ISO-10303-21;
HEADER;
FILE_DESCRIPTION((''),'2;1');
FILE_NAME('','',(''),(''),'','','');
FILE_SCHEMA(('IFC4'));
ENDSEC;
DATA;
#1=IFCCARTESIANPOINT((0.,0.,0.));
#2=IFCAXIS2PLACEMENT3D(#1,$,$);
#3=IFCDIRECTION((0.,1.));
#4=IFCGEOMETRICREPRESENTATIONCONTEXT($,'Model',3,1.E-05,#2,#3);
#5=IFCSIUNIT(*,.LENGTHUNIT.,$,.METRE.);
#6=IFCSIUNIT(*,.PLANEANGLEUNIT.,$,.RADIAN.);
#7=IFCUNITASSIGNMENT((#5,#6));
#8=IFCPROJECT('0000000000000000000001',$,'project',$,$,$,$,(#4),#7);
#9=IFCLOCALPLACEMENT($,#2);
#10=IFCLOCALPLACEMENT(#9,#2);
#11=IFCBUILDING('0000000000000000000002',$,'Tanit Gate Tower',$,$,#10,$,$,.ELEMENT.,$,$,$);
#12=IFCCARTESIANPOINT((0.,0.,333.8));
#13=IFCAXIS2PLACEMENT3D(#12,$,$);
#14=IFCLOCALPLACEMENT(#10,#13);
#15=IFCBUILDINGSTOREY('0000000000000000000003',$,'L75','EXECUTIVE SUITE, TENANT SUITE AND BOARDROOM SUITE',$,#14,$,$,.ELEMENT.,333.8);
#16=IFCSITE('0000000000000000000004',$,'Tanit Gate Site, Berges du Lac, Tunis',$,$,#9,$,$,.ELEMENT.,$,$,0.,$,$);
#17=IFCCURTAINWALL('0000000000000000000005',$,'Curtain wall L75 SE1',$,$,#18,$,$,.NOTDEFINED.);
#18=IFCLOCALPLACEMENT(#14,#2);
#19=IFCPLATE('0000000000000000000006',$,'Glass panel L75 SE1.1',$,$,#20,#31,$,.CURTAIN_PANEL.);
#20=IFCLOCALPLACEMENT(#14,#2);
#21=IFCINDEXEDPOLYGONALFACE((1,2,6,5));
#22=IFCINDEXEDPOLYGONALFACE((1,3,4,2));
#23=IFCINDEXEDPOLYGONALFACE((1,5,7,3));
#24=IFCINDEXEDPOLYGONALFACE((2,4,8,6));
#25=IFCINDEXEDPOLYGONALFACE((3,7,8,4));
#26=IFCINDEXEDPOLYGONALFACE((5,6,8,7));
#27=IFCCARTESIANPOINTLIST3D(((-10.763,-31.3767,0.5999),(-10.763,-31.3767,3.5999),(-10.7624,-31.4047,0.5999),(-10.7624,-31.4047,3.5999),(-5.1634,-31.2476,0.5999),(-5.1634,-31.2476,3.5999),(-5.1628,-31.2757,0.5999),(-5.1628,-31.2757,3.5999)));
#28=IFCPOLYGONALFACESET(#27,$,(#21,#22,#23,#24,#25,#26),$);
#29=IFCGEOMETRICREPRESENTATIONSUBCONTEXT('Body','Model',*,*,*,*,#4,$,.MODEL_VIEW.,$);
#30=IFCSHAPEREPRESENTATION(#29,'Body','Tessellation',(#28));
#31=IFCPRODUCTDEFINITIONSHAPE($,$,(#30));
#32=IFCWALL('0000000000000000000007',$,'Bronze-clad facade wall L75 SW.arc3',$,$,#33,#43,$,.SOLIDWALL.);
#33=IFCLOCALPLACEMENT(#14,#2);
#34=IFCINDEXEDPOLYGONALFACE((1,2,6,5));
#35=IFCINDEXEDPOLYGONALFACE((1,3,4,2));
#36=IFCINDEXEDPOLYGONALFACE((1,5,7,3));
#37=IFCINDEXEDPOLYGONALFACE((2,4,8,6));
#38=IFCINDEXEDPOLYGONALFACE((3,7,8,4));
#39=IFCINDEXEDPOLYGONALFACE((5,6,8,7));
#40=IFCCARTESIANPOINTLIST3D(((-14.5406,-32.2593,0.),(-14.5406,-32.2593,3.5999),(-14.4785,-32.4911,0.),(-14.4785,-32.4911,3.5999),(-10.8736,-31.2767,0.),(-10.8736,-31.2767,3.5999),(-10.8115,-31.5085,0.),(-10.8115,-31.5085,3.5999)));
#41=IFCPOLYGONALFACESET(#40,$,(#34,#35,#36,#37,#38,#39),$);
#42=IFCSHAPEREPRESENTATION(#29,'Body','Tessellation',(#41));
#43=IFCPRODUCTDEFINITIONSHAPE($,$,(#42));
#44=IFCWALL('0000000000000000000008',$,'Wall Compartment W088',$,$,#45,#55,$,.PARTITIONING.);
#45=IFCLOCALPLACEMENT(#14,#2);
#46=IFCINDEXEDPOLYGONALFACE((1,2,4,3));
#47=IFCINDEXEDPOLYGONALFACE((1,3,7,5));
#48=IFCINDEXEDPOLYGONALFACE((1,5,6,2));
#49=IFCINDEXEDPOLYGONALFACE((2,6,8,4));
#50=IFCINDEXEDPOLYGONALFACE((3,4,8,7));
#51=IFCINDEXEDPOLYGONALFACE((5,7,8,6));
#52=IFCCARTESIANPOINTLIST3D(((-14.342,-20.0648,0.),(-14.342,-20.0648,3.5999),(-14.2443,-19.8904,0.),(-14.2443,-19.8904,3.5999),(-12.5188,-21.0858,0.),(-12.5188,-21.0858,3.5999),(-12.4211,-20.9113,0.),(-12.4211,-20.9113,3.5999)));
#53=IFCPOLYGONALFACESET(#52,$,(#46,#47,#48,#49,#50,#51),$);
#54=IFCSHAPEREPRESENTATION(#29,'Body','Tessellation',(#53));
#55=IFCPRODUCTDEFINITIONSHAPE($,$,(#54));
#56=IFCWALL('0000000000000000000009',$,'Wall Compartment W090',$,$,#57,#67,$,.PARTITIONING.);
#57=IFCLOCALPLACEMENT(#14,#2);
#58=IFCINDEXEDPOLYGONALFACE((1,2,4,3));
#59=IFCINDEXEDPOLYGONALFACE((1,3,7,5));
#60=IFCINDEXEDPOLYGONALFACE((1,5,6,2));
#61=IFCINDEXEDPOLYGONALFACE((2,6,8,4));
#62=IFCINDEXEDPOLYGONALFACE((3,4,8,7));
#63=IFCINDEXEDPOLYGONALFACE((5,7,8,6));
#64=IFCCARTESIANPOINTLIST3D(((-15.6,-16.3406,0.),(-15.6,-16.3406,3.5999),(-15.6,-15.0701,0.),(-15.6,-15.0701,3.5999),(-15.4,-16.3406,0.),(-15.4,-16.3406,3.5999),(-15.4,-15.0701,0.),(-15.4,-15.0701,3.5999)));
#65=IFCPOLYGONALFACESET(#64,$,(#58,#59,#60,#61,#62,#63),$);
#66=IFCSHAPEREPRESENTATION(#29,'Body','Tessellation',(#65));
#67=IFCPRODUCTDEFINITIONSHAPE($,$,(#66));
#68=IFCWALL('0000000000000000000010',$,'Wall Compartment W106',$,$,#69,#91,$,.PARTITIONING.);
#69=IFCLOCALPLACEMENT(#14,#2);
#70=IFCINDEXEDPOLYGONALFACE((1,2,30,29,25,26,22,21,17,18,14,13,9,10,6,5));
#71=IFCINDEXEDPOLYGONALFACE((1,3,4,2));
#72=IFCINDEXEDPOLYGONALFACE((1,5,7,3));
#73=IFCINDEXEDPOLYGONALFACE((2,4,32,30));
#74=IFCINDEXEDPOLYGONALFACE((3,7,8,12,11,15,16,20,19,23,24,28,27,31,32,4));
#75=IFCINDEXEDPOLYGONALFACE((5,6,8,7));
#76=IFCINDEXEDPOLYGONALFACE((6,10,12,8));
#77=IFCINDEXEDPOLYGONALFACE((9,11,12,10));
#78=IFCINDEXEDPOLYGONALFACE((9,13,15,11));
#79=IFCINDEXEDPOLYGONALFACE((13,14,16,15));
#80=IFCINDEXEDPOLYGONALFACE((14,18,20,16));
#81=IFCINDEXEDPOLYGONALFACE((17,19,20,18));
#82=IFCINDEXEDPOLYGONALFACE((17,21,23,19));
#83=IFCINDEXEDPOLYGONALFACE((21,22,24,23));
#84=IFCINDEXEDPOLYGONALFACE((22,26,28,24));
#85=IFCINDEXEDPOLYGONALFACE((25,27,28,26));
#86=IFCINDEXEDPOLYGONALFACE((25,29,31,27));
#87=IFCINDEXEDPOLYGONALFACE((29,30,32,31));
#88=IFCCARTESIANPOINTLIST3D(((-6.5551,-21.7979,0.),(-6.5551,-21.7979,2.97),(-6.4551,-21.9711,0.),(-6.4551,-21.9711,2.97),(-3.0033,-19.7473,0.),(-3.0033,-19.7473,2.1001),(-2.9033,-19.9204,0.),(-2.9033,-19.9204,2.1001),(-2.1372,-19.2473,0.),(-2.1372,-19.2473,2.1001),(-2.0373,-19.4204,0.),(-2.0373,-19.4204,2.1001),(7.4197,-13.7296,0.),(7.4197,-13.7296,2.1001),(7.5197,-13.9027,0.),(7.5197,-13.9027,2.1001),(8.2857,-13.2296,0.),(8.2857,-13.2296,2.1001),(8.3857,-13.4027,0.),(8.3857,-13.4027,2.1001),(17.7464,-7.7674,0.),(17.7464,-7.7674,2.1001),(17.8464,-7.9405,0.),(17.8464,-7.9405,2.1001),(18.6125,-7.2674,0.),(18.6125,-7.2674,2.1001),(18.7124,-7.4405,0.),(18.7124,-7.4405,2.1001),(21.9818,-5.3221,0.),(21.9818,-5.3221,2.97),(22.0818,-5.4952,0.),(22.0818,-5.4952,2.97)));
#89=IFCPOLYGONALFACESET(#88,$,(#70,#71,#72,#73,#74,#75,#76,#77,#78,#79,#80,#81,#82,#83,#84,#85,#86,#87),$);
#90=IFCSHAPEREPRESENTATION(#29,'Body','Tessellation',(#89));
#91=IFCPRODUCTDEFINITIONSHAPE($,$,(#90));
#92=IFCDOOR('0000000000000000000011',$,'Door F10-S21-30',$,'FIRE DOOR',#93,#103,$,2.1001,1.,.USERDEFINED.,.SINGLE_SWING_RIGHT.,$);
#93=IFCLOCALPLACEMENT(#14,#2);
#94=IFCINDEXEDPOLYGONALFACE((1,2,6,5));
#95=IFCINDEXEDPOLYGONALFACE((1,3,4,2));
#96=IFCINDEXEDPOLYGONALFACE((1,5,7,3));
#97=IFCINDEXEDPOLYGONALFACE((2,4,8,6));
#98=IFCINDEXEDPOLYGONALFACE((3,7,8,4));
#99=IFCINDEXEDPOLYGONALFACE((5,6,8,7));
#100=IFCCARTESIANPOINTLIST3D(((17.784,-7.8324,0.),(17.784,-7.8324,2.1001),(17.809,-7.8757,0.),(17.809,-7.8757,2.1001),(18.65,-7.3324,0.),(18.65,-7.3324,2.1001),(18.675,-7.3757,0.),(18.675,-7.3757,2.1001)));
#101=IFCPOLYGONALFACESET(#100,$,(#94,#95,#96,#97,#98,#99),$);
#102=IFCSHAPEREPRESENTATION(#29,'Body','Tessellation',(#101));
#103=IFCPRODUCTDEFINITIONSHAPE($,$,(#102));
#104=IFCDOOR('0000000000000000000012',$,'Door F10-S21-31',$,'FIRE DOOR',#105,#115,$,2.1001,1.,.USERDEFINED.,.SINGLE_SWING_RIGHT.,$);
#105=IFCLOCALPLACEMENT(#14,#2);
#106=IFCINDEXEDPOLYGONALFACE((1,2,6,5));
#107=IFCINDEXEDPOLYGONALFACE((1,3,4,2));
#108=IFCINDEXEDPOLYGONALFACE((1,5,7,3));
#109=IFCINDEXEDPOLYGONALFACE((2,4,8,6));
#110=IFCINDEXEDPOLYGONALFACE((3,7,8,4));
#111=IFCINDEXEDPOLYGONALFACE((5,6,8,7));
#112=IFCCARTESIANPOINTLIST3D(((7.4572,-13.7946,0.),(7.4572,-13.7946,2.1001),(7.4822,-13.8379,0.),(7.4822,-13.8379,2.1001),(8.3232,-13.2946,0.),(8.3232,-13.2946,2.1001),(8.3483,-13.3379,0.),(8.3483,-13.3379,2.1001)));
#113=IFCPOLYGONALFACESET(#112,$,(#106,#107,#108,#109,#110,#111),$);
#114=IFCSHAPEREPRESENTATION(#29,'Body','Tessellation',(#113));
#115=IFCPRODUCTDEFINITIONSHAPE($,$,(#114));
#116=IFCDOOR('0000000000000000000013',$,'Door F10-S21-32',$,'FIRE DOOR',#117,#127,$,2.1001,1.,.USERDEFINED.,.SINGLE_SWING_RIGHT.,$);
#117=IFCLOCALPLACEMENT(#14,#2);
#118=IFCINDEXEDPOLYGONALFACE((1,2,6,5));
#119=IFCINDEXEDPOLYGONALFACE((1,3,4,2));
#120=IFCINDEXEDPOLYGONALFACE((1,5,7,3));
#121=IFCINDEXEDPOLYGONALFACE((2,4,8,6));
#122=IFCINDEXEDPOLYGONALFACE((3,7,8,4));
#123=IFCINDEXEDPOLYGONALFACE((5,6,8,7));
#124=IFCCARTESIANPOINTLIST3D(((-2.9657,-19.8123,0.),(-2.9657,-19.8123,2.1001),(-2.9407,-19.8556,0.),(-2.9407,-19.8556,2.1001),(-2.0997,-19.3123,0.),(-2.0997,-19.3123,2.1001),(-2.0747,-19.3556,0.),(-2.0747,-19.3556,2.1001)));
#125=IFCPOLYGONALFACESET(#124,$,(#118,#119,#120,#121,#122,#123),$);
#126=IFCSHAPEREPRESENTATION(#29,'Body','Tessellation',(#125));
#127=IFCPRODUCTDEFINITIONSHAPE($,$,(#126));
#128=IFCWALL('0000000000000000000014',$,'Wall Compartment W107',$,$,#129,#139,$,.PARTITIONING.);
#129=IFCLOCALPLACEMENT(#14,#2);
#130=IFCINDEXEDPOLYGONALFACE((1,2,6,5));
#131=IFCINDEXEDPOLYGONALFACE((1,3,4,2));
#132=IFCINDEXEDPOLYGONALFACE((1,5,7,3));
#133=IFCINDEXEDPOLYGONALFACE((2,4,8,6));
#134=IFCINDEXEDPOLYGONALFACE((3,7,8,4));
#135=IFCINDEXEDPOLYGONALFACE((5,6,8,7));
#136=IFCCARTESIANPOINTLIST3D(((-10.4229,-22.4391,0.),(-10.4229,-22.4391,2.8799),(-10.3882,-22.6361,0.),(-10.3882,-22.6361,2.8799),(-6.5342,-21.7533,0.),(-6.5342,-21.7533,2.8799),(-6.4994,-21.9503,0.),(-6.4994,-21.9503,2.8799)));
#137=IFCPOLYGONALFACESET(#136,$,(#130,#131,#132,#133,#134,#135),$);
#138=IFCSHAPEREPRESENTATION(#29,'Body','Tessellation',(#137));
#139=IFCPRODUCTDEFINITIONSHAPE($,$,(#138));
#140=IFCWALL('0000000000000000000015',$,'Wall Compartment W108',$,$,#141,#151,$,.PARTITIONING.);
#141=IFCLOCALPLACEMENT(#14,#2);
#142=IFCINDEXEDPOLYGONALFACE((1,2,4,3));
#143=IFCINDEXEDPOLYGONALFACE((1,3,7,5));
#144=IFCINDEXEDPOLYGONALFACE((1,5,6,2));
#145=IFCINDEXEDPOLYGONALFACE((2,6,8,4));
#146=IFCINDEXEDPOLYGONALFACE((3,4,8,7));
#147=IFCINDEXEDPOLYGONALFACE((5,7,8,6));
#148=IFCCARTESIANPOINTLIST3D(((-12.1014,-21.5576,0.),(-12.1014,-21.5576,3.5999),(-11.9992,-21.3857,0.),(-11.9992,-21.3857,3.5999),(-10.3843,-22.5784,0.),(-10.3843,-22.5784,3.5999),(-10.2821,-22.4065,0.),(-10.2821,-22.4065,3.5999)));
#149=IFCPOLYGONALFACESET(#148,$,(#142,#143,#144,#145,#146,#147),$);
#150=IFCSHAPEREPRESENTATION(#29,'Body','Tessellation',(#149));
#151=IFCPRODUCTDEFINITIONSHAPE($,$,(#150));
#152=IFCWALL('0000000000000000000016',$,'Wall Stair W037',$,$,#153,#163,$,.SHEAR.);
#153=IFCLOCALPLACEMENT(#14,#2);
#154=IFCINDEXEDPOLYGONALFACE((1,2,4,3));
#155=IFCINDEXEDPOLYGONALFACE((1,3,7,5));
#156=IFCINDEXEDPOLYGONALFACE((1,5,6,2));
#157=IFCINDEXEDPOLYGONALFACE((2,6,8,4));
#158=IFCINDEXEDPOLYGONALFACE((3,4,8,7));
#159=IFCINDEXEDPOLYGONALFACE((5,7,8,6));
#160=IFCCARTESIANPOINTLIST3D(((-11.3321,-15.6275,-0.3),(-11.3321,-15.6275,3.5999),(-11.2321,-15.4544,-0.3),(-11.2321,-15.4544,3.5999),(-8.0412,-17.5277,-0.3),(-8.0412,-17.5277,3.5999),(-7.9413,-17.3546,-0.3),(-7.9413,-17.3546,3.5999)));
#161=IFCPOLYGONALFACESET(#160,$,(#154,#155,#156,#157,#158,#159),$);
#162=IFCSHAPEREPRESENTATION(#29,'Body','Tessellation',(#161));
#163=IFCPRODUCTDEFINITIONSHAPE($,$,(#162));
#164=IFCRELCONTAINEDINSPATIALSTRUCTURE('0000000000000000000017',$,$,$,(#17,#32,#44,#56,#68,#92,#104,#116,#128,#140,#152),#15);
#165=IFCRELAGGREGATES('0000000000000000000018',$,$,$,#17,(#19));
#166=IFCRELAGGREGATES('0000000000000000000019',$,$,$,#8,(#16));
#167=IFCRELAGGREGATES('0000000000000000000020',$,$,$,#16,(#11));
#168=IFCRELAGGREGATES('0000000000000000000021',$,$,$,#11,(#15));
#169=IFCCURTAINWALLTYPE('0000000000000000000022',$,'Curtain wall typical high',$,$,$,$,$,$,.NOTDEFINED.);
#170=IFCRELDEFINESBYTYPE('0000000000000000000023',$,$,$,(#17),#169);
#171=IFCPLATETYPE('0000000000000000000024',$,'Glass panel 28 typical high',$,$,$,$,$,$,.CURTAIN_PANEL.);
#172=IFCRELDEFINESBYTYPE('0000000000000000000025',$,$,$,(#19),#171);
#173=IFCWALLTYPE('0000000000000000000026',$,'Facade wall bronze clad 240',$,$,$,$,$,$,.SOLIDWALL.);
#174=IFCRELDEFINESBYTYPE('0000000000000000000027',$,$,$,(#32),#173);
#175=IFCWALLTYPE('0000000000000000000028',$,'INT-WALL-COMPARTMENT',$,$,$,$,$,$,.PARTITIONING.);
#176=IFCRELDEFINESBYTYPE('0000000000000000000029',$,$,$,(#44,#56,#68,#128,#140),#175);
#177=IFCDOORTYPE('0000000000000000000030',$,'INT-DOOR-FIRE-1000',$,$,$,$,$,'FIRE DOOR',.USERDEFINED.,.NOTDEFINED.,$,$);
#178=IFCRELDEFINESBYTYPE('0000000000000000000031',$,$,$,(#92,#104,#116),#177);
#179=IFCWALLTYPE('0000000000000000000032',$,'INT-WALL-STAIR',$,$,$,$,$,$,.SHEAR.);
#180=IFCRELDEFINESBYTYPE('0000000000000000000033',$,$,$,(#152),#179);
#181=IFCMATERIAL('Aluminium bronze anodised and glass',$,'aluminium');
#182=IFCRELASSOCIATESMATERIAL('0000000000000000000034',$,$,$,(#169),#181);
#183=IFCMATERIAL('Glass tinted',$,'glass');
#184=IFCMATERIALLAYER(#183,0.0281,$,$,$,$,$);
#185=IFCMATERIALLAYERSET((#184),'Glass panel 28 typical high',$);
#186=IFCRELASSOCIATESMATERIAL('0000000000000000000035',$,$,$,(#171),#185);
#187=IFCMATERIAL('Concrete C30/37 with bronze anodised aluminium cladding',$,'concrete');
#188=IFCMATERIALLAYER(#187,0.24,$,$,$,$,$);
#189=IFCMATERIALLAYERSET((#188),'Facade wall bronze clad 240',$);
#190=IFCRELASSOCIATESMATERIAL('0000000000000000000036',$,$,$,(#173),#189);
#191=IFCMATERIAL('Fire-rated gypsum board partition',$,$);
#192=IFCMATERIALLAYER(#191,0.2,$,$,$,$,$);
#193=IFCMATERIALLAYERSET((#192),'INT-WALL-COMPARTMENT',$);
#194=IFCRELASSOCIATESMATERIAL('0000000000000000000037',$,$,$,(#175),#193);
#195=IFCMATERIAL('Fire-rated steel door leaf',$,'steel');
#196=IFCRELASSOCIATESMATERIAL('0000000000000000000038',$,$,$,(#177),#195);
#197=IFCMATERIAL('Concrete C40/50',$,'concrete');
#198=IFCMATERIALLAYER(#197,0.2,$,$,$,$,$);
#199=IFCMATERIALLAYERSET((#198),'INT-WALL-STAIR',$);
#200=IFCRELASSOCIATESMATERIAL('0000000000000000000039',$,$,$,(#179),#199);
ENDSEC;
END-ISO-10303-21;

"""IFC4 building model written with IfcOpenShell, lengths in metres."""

from ifc_helpers import new_model, si_unit, direction, frame, frame_2d, origin, origin_2d, place, context, subcontext, project, spatial, rectangle, extrude, material, layer, layer_set, type_object, element, fill, aggregate, save


model = new_model("IFC4")

# Units and contexts
model_context = context("Model", 3, precision=1e-05, world=origin(), true_north=direction((0.0, 1.0)))
body_context = subcontext(model_context, "Body", "Model", "MODEL_VIEW")
ifc_project = project(units=[si_unit("LENGTHUNIT", "METRE"), si_unit("PLANEANGLEUNIT", "RADIAN")], contexts=[model_context])

# Site, building, storey
site_placement = place(None, origin())
site = spatial("IfcSite", under=ifc_project, at=site_placement, Name="Tanit Gate Site, Berges du Lac, Tunis", CompositionType="ELEMENT", RefElevation=0.0)
building_placement = place(site_placement, origin())
building = spatial("IfcBuilding", under=site, at=building_placement, Name="Tanit Gate Tower", CompositionType="ELEMENT")
storey_placement = place(building_placement, frame((0.0, 0.0, 333.8)))
storey = spatial("IfcBuildingStorey", under=building, at=storey_placement, Name="L75", Description="EXECUTIVE SUITE, TENANT SUITE AND BOARDROOM SUITE", CompositionType="ELEMENT", Elevation=333.8)

# Curtain wall
ifc_material_1 = material(Name="Aluminium bronze anodised and glass", Category="aluminium")
curtain_wall_type = type_object("IfcCurtainWallType", Name="Curtain wall typical high", PredefinedType="NOTDEFINED", material=ifc_material_1)
curtain_wall_placement = place(storey_placement, origin())
curtain_wall = element("IfcCurtainWall", 1, at=curtain_wall_placement, inside=storey, type_object=curtain_wall_type, Name="Curtain wall L75 SE1", PredefinedType="NOTDEFINED")

# Plate
ifc_material_2 = material(Name="Glass tinted", Category="glass")
ifc_layer_1 = layer(ifc_material_2, 0.0281)
ifc_layer_set_1 = layer_set([ifc_layer_1], Name="Glass panel 28 typical high")
plate_type = type_object("IfcPlateType", Name="Glass panel 28 typical high", PredefinedType="CURTAIN_PANEL", material=ifc_layer_set_1)
plate_placement = place(storey_placement, frame((-7.9629, -31.3262, 0.5999), z_axis=(0.0, 0.0, 1.0), x_axis=(0.999735, 0.02304, 0.0)))
plate = element("IfcPlate", 2, at=plate_placement, type_object=plate_type, Name="Glass panel L75 SE1.1", PredefinedType="CURTAIN_PANEL", context=body_context, shape_type="SweptSolid", body=[
    extrude(rectangle(XDim=5.6011, YDim=0.0281, at=origin_2d()), origin(), (0.0, 0.0, 1.0), 3.0),
])
aggregate(curtain_wall, [plate])

# Walls
ifc_material_3 = material(Name="Concrete C30/37 with bronze anodised aluminium cladding", Category="concrete")
ifc_layer_2 = layer(ifc_material_3, 0.24)
ifc_layer_set_2 = layer_set([ifc_layer_2], Name="Facade wall bronze clad 240")
wall_type_1 = type_object("IfcWallType", Name="Facade wall bronze clad 240", PredefinedType="SOLIDWALL", material=ifc_layer_set_2)
wall_1_placement = place(storey_placement, frame((-14.5095, -32.3752, 0.0), z_axis=(0.0, 0.0, 1.0), x_axis=(0.965919, 0.258843, 0.0)))
element("IfcWall", 3, at=wall_1_placement, inside=storey, type_object=wall_type_1, Name="Bronze-clad facade wall L75 SW.arc3", PredefinedType="SOLIDWALL", context=body_context, shape_type="SweptSolid", body=[
    extrude(rectangle(XDim=3.7964, YDim=0.24, at=frame_2d((1.8982, 0.0))), origin(), (0.0, 0.0, 1.0), 3.5999),
])
ifc_material_4 = material(Name="Fire-rated gypsum board partition")
ifc_layer_3 = layer(ifc_material_4, 0.2)
ifc_layer_set_3 = layer_set([ifc_layer_3], Name="INT-WALL-COMPARTMENT")
wall_type_2 = type_object("IfcWallType", Name="INT-WALL-COMPARTMENT", PredefinedType="PARTITIONING", material=ifc_layer_set_3)
wall_2_placement = place(storey_placement, frame((-14.2932, -19.9775, 0.0), z_axis=(0.0, 0.0, 1.0), x_axis=(0.87251, -0.488596, 0.0)))
element("IfcWall", 4, at=wall_2_placement, inside=storey, type_object=wall_type_2, Name="Wall Compartment W088", PredefinedType="PARTITIONING", context=body_context, shape_type="SweptSolid", body=[
    extrude(rectangle(XDim=2.0896, YDim=0.2, at=frame_2d((1.0449, 0.0))), origin(), (0.0, 0.0, 1.0), 3.5999),
])
wall_3_placement = place(storey_placement, frame((-15.5, -15.0701, 0.0), z_axis=(0.0, 0.0, 1.0), x_axis=(0.0, -1.0, 0.0)))
element("IfcWall", 5, at=wall_3_placement, inside=storey, type_object=wall_type_2, Name="Wall Compartment W090", PredefinedType="PARTITIONING", context=body_context, shape_type="SweptSolid", body=[
    extrude(rectangle(XDim=1.2705, YDim=0.2, at=frame_2d((0.6353, 0.0))), origin(), (0.0, 0.0, 1.0), 3.5999),
])

# Wall, openings, doors
wall_4_placement = place(storey_placement, frame((-6.5051, -21.8845, 0.0), z_axis=(0.0, 0.0, 1.0), x_axis=(0.866025, 0.500001, 0.0)))
wall_4 = element("IfcWall", 6, at=wall_4_placement, inside=storey, type_object=wall_type_2, Name="Wall Compartment W106", PredefinedType="PARTITIONING", context=body_context, shape_type="SweptSolid", body=[
    extrude(rectangle(XDim=32.9517, YDim=0.2, at=frame_2d((16.4758, 0.0))), origin(), (0.0, 0.0, 1.0), 2.97),
])
opening_1_placement = place(wall_4_placement, frame((28.061, 0.0, 0.0)))
opening_1 = element("IfcOpeningElement", 7, at=opening_1_placement, cuts=wall_4, PredefinedType="OPENING", context=body_context, shape_type="SweptSolid", body=[
    extrude(rectangle(XDim=1.0, YDim=2.1001, at=frame_2d((0.5, 1.05))), frame((0.0, 0.1099, 0.0), z_axis=(0.0, -1.0, 0.0), x_axis=(1.0, 0.0, 0.0)), (0.0, 0.0, 1.0), 0.22),
])
opening_2_placement = place(wall_4_placement, frame((16.1367, 0.0, 0.0)))
opening_2 = element("IfcOpeningElement", 8, at=opening_2_placement, cuts=wall_4, PredefinedType="OPENING", context=body_context, shape_type="SweptSolid", body=[
    extrude(rectangle(XDim=1.0, YDim=2.1001, at=frame_2d((0.5, 1.05))), frame((0.0, 0.1099, 0.0), z_axis=(0.0, -1.0, 0.0), x_axis=(1.0, 0.0, 0.0)), (0.0, 0.0, 1.0), 0.22),
])
opening_3_placement = place(wall_4_placement, frame((4.1013, 0.0, 0.0)))
opening_3 = element("IfcOpeningElement", 9, at=opening_3_placement, cuts=wall_4, PredefinedType="OPENING", context=body_context, shape_type="SweptSolid", body=[
    extrude(rectangle(XDim=1.0, YDim=2.1001, at=frame_2d((0.5, 1.05))), frame((0.0, 0.1099, 0.0), z_axis=(0.0, -1.0, 0.0), x_axis=(1.0, 0.0, 0.0)), (0.0, 0.0, 1.0), 0.22),
])
ifc_material_5 = material(Name="Fire-rated steel door leaf", Category="steel")
door_type_1 = type_object("IfcDoorType", Name="INT-DOOR-FIRE-1000", ElementType="FIRE DOOR", OperationType="NOTDEFINED", PredefinedType="USERDEFINED", material=ifc_material_5)
door_1_placement = place(opening_1_placement, origin())
door_1 = element("IfcDoor", 10, at=door_1_placement, inside=storey, type_object=door_type_1, Name="Door F10-S21-30", ObjectType="FIRE DOOR", OperationType="SINGLE_SWING_RIGHT", OverallHeight=2.1001, OverallWidth=1.0, PredefinedType="USERDEFINED", context=body_context, shape_type="SweptSolid", body=[
    extrude(rectangle(XDim=1.0, YDim=2.1001, at=frame_2d((0.5, 1.05))), frame((0.0, 0.0249, 0.0), z_axis=(0.0, -1.0, 0.0), x_axis=(1.0, 0.0, 0.0)), (0.0, 0.0, 1.0), 0.05),
])
fill(opening_1, door_1)
door_2_placement = place(opening_2_placement, origin())
door_2 = element("IfcDoor", 11, at=door_2_placement, inside=storey, type_object=door_type_1, Name="Door F10-S21-31", ObjectType="FIRE DOOR", OperationType="SINGLE_SWING_RIGHT", OverallHeight=2.1001, OverallWidth=1.0, PredefinedType="USERDEFINED", context=body_context, shape_type="SweptSolid", body=[
    extrude(rectangle(XDim=1.0, YDim=2.1001, at=frame_2d((0.5, 1.05))), frame((0.0, 0.0249, 0.0), z_axis=(0.0, -1.0, 0.0), x_axis=(1.0, 0.0, 0.0)), (0.0, 0.0, 1.0), 0.05),
])
fill(opening_2, door_2)
door_3_placement = place(opening_3_placement, origin())
door_3 = element("IfcDoor", 12, at=door_3_placement, inside=storey, type_object=door_type_1, Name="Door F10-S21-32", ObjectType="FIRE DOOR", OperationType="SINGLE_SWING_RIGHT", OverallHeight=2.1001, OverallWidth=1.0, PredefinedType="USERDEFINED", context=body_context, shape_type="SweptSolid", body=[
    extrude(rectangle(XDim=1.0, YDim=2.1001, at=frame_2d((0.5, 1.05))), frame((0.0, 0.0249, 0.0), z_axis=(0.0, -1.0, 0.0), x_axis=(1.0, 0.0, 0.0)), (0.0, 0.0, 1.0), 0.05),
])
fill(opening_3, door_3)

# Walls
wall_5_placement = place(storey_placement, frame((-10.4055, -22.5376, 0.0), z_axis=(0.0, 0.0, 1.0), x_axis=(0.984803, 0.173676, 0.0)))
element("IfcWall", 13, at=wall_5_placement, inside=storey, type_object=wall_type_2, Name="Wall Compartment W107", PredefinedType="PARTITIONING", context=body_context, shape_type="SweptSolid", body=[
    extrude(rectangle(XDim=3.9487, YDim=0.2, at=frame_2d((1.9744, 0.0))), origin(), (0.0, 0.0, 1.0), 2.8799),
])
wall_6_placement = place(storey_placement, frame((-12.0503, -21.4717, 0.0), z_axis=(0.0, 0.0, 1.0), x_axis=(0.859578, -0.511005, 0.0)))
element("IfcWall", 14, at=wall_6_placement, inside=storey, type_object=wall_type_2, Name="Wall Compartment W108", PredefinedType="PARTITIONING", context=body_context, shape_type="SweptSolid", body=[
    extrude(rectangle(XDim=1.9976, YDim=0.2, at=frame_2d((0.9988, 0.0))), origin(), (0.0, 0.0, 1.0), 3.5999),
])
ifc_material_6 = material(Name="Concrete C40/50", Category="concrete")
ifc_layer_4 = layer(ifc_material_6, 0.2)
ifc_layer_set_4 = layer_set([ifc_layer_4], Name="INT-WALL-STAIR")
wall_type_3 = type_object("IfcWallType", Name="INT-WALL-STAIR", PredefinedType="SHEAR", material=ifc_layer_set_4)
wall_7_placement = place(storey_placement, frame((-11.282, -15.541, -0.3), z_axis=(0.0, 0.0, 1.0), x_axis=(0.866, -0.500043, 0.0)))
element("IfcWall", 15, at=wall_7_placement, inside=storey, type_object=wall_type_3, Name="Wall Stair W037", PredefinedType="SHEAR", context=body_context, shape_type="SweptSolid", body=[
    extrude(rectangle(XDim=3.8, YDim=0.2, at=frame_2d((1.8999, 0.0))), origin(), (0.0, 0.0, 1.0), 3.8999),
])

save(model, "model.ifc")
